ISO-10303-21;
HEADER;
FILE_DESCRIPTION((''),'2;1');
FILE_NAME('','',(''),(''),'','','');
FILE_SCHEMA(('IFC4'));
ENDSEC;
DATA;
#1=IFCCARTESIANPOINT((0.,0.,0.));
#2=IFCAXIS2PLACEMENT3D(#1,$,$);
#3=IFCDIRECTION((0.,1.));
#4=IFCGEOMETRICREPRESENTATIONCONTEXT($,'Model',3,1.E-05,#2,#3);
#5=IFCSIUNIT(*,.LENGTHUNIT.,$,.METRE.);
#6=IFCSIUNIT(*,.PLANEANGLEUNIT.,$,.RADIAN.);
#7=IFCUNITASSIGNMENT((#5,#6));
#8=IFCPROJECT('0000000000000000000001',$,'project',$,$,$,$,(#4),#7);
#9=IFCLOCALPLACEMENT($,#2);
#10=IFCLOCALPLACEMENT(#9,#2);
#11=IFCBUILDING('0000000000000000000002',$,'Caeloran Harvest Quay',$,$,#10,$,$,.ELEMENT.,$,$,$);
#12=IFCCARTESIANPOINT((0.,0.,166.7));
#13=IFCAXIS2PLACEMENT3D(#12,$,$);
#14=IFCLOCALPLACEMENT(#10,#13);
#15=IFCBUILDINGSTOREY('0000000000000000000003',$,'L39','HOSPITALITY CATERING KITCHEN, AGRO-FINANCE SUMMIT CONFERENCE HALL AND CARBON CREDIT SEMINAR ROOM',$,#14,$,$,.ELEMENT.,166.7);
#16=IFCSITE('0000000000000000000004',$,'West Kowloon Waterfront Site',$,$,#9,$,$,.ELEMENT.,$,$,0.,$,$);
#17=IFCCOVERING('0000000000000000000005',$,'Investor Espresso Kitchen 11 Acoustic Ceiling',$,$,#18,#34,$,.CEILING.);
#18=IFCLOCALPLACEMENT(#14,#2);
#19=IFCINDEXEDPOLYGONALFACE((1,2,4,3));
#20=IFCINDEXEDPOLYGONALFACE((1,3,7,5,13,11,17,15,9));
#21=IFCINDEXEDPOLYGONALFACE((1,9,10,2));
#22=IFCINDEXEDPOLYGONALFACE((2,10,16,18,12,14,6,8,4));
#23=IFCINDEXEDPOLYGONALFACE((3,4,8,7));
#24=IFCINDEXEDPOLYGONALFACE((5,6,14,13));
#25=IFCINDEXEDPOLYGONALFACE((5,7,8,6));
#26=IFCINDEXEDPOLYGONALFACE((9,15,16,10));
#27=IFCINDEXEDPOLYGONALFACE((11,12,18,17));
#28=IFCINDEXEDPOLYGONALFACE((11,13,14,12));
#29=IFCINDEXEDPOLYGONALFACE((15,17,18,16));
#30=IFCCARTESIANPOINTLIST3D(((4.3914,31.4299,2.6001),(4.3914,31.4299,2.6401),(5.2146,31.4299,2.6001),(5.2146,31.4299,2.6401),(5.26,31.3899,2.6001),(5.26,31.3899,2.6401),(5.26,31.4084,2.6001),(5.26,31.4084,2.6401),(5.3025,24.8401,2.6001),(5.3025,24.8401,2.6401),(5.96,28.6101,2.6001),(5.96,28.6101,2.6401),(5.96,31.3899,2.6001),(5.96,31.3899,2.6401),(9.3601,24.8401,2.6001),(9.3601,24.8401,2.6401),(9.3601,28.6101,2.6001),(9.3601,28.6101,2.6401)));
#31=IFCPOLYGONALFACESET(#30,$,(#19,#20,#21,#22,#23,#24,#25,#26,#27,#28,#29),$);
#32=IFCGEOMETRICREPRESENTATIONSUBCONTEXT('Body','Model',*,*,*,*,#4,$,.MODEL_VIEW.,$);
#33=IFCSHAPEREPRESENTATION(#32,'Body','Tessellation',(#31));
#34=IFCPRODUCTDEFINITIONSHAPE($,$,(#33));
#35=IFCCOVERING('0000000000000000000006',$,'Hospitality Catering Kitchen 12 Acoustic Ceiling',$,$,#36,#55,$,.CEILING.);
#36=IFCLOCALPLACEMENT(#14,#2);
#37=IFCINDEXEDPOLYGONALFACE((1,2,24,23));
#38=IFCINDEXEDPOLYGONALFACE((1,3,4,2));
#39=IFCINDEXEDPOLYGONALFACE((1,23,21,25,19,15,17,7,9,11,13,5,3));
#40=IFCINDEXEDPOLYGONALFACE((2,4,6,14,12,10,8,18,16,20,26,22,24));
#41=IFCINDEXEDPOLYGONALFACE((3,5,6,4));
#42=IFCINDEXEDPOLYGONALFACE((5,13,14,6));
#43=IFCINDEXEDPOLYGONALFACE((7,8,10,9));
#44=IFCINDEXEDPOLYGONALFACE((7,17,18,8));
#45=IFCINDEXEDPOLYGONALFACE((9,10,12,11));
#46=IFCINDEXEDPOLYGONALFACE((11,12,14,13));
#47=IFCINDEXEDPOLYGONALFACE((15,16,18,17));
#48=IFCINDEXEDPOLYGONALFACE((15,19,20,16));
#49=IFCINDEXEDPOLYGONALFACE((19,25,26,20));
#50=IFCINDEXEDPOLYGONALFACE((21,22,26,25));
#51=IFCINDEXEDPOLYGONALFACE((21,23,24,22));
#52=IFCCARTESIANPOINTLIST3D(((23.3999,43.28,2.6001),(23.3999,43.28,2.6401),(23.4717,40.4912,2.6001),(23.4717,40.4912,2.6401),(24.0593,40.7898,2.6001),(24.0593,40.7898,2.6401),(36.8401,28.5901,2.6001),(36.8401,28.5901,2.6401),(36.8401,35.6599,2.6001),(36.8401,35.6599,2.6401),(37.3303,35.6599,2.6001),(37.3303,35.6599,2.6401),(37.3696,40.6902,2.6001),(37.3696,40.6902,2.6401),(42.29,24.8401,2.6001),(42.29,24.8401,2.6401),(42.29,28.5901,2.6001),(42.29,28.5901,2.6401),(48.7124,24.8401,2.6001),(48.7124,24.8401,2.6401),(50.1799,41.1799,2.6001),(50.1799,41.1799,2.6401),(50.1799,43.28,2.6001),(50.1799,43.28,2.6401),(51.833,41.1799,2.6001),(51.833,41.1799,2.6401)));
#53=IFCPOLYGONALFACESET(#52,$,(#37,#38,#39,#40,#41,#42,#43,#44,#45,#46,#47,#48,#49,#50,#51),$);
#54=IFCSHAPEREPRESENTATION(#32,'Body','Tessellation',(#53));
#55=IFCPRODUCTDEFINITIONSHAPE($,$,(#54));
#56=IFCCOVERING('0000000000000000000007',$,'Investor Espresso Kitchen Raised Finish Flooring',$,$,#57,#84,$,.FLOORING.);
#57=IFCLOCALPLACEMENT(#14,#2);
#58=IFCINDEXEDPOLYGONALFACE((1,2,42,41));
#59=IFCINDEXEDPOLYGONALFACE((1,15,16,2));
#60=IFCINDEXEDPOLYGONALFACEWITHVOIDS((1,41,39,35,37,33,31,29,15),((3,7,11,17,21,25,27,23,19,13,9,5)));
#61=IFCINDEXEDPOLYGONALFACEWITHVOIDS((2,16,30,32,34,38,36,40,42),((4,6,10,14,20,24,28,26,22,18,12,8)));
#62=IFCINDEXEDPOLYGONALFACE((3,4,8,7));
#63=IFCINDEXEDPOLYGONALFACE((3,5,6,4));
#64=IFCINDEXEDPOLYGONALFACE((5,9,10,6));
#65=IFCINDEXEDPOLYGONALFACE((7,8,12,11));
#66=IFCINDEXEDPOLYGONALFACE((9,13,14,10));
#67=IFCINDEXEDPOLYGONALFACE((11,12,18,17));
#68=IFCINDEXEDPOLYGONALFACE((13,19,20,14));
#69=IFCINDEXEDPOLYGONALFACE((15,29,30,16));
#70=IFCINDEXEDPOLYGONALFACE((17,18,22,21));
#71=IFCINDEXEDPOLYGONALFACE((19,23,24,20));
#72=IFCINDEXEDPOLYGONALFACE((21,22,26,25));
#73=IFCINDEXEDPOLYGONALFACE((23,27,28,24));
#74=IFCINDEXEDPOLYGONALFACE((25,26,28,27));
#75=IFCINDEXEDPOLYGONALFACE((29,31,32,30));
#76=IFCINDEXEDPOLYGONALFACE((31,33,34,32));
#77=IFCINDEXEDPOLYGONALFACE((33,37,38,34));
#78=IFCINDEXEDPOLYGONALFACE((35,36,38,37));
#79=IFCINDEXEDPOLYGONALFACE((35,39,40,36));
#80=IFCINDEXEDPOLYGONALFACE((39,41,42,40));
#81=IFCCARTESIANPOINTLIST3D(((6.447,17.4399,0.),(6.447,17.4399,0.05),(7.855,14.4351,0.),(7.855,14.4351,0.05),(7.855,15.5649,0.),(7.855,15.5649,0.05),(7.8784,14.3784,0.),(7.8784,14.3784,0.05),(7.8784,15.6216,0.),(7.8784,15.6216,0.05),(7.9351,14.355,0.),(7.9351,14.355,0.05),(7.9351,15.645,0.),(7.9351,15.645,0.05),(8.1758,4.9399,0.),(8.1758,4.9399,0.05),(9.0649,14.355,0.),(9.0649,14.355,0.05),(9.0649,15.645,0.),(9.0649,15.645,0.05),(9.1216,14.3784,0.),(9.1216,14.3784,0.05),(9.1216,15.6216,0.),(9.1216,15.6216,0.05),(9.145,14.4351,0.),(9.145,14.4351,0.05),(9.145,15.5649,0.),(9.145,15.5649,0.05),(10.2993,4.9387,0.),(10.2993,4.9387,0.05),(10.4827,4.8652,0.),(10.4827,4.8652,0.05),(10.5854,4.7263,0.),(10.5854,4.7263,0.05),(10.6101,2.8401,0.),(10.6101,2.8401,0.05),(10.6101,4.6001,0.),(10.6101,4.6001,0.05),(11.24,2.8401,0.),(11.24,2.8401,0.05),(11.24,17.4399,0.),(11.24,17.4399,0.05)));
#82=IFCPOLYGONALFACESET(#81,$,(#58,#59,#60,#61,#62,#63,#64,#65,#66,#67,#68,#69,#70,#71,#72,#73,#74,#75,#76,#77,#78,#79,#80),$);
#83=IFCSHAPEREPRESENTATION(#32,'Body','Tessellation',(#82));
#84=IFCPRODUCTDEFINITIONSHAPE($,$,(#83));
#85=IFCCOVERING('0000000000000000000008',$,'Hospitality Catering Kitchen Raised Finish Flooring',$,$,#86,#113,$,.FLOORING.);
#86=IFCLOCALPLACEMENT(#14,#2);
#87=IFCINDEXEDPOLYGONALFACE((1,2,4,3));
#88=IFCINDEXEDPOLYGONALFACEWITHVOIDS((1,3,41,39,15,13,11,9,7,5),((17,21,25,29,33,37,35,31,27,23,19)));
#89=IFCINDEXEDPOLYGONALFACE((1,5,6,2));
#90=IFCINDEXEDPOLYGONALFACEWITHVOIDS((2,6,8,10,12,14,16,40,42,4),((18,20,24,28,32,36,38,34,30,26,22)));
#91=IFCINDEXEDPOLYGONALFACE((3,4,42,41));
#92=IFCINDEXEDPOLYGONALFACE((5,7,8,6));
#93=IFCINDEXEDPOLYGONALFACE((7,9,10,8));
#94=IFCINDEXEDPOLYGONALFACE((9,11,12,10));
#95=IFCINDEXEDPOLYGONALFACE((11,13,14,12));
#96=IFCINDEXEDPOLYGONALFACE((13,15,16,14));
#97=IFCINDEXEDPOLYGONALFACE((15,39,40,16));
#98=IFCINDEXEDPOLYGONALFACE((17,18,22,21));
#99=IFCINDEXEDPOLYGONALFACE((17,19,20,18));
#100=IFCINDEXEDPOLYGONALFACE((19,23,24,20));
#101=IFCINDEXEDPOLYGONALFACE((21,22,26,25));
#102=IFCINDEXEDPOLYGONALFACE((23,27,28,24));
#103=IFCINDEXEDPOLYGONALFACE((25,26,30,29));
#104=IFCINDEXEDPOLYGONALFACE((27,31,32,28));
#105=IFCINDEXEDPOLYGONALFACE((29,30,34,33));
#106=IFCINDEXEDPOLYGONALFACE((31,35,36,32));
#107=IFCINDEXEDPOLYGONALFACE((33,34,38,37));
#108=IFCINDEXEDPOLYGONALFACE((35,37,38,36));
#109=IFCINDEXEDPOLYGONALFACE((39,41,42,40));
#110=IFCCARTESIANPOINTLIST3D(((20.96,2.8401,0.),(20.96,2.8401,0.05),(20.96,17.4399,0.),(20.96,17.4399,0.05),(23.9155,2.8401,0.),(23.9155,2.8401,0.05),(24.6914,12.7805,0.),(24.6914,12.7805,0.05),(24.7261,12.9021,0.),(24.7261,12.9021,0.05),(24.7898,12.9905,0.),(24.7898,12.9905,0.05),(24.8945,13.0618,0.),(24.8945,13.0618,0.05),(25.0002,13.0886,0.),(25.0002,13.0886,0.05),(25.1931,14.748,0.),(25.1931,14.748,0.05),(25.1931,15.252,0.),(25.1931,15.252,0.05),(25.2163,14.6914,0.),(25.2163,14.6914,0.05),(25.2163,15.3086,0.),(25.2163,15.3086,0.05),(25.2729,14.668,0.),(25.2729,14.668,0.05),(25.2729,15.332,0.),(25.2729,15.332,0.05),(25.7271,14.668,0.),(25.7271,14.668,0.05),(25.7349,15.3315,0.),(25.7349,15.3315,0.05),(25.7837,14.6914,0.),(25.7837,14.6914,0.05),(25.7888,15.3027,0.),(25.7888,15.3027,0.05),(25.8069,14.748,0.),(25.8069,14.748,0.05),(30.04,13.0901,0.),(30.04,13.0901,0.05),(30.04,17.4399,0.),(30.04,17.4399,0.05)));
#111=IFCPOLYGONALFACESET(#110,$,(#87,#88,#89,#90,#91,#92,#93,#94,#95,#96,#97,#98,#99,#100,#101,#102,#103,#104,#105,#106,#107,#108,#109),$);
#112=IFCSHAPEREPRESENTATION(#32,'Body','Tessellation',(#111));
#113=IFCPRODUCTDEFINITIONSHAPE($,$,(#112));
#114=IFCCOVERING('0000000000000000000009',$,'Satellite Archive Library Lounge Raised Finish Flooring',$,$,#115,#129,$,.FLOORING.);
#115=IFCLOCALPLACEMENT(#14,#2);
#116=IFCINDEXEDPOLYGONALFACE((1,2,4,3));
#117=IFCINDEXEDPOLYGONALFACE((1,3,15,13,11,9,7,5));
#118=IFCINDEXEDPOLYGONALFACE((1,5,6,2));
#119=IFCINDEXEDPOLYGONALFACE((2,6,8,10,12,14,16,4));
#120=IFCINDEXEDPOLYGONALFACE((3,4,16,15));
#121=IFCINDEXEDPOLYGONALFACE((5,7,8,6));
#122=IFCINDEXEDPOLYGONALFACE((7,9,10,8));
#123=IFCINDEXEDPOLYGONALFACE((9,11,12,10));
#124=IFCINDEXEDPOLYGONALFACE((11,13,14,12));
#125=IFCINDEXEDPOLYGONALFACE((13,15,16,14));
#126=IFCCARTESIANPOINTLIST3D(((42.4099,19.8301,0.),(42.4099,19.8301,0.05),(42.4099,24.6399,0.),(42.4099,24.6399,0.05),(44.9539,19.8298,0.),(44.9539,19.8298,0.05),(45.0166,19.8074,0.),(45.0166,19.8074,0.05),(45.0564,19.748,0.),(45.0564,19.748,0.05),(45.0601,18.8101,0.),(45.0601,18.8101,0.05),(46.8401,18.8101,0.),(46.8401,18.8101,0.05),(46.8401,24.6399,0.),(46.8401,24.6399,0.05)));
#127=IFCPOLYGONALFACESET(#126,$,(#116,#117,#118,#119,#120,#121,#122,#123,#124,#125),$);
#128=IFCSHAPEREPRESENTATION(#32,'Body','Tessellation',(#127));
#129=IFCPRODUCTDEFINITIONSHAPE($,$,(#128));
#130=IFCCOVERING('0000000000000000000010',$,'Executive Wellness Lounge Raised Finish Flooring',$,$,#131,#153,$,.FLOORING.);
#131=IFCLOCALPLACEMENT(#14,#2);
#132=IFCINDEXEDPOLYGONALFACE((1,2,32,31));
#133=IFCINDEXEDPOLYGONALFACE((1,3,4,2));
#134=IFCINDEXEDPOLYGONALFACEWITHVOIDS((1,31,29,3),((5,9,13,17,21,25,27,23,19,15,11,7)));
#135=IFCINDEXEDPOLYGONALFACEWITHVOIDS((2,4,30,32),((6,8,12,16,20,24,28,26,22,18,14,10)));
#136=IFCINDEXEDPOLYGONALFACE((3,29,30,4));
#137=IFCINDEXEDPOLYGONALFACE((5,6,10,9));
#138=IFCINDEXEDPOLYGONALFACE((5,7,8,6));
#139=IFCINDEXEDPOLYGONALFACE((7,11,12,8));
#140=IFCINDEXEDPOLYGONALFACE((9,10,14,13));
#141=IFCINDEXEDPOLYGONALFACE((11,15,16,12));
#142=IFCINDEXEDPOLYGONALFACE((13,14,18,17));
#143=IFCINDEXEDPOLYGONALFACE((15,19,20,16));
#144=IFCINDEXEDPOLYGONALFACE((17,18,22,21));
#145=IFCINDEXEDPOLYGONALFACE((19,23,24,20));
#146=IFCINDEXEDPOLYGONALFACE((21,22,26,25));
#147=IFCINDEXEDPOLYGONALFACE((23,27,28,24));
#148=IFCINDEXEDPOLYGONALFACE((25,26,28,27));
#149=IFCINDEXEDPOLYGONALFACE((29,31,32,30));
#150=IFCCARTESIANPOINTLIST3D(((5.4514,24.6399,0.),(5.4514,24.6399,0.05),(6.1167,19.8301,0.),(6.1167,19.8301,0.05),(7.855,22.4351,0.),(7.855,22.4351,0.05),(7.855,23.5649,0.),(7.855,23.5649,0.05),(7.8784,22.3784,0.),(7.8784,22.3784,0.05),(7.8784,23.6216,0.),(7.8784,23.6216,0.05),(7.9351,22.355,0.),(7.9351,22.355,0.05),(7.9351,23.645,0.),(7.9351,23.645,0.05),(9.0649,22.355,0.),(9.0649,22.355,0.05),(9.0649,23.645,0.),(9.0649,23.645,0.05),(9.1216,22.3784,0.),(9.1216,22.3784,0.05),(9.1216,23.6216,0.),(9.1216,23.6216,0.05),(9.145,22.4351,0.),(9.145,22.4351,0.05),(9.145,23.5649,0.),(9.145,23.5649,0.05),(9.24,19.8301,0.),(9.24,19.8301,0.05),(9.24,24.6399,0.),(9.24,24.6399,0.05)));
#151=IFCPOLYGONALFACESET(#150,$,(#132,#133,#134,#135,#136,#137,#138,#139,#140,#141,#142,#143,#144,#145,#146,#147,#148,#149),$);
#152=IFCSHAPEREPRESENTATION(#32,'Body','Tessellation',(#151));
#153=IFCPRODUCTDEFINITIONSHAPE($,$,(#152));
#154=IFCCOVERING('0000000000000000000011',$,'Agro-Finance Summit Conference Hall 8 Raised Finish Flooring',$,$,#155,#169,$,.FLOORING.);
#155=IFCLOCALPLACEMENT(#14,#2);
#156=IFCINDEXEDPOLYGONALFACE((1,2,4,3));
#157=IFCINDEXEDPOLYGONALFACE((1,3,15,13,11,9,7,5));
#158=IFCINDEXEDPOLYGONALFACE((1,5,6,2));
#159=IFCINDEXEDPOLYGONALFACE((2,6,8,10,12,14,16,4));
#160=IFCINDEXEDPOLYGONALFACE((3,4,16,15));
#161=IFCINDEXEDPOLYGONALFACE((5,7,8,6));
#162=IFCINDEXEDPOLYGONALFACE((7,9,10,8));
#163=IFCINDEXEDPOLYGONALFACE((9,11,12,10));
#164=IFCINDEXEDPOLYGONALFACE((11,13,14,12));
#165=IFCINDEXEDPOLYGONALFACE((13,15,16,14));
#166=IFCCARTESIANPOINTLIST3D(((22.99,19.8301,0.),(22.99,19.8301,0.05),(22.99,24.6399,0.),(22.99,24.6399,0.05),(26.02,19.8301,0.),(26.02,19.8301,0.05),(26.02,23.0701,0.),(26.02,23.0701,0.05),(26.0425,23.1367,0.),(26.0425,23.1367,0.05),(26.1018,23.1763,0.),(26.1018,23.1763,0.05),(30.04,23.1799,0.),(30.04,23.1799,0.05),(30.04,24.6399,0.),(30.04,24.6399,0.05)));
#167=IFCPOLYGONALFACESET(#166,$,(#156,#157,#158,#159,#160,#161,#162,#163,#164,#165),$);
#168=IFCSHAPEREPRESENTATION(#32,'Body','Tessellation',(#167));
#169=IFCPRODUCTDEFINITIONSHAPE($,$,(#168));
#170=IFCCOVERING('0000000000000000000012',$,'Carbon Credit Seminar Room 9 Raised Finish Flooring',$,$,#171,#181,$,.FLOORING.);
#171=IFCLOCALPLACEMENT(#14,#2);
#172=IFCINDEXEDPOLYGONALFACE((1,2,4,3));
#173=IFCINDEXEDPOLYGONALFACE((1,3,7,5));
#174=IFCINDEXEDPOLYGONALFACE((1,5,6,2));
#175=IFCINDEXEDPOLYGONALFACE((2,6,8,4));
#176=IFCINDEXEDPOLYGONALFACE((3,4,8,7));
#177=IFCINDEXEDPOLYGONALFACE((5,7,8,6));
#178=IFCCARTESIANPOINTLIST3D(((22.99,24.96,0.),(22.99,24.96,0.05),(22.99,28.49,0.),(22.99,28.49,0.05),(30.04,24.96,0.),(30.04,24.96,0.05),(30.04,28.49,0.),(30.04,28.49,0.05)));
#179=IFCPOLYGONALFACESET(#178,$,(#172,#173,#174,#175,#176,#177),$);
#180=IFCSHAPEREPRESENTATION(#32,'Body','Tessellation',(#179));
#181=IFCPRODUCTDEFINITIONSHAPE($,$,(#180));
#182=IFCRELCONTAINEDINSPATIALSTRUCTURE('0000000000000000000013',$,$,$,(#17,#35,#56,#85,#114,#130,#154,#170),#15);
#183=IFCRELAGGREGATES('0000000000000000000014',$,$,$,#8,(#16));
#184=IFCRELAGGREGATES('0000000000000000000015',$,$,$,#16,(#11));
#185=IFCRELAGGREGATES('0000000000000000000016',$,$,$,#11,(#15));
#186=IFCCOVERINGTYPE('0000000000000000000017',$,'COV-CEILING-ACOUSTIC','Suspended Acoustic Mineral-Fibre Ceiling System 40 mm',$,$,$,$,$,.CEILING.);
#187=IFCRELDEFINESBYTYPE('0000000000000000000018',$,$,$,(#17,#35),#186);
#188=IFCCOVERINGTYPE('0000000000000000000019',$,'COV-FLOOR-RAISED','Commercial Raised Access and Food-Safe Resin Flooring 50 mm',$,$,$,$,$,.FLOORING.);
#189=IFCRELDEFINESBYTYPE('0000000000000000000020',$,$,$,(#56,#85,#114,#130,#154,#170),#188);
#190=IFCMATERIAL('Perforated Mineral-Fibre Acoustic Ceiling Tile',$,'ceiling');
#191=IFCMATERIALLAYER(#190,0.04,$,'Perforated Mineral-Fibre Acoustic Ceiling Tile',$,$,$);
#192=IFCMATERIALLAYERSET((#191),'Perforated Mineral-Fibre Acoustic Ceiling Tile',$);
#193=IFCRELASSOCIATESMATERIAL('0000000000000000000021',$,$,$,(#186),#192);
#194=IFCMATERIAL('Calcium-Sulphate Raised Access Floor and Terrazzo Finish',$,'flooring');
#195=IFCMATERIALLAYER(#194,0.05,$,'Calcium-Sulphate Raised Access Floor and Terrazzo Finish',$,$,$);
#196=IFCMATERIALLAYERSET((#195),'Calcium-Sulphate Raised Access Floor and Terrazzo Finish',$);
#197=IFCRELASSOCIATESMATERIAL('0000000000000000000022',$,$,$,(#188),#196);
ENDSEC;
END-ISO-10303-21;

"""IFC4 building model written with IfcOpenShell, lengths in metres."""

from ifc_helpers import new_model, si_unit, direction, frame, origin, place, context, subcontext, project, spatial, polyline, outline, extrude, material, layer, layer_set, type_object, element, save


model = new_model("IFC4")

# Units and contexts
model_context = context("Model", 3, precision=1e-05, world=origin(), true_north=direction((0.0, 1.0)))
body_context = subcontext(model_context, "Body", "Model", "MODEL_VIEW")
ifc_project = project(units=[si_unit("LENGTHUNIT", "METRE"), si_unit("PLANEANGLEUNIT", "RADIAN")], contexts=[model_context])

# Site, building, storey
site_placement = place(None, origin())
site = spatial("IfcSite", under=ifc_project, at=site_placement, Name="West Kowloon Waterfront Site", CompositionType="ELEMENT", RefElevation=0.0)
building_placement = place(site_placement, origin())
building = spatial("IfcBuilding", under=site, at=building_placement, Name="Caeloran Harvest Quay", CompositionType="ELEMENT")
storey_placement = place(building_placement, frame((0.0, 0.0, 166.7)))
storey = spatial("IfcBuildingStorey", under=building, at=storey_placement, Name="L39", Description="HOSPITALITY CATERING KITCHEN, AGRO-FINANCE SUMMIT CONFERENCE HALL AND CARBON CREDIT SEMINAR ROOM", CompositionType="ELEMENT", Elevation=166.7)

# Coverings
ifc_material_1 = material(Name="Perforated Mineral-Fibre Acoustic Ceiling Tile", Category="ceiling")
ifc_layer_1 = layer(ifc_material_1, 0.04, Name="Perforated Mineral-Fibre Acoustic Ceiling Tile")
ifc_layer_set_1 = layer_set([ifc_layer_1], Name="Perforated Mineral-Fibre Acoustic Ceiling Tile")
covering_type_1 = type_object("IfcCoveringType", Name="COV-CEILING-ACOUSTIC", Description="Suspended Acoustic Mineral-Fibre Ceiling System 40 mm", PredefinedType="CEILING", material=ifc_layer_set_1)
covering_1_placement = place(storey_placement, frame((0.0, 0.0, 2.6001)))
element("IfcCovering", 1, at=covering_1_placement, inside=storey, type_object=covering_type_1, Name="Investor Espresso Kitchen 11 Acoustic Ceiling", PredefinedType="CEILING", context=body_context, shape_type="SweptSolid", body=[
    extrude(outline(polyline([(5.26, 31.3899), (5.96, 31.3899), (5.96, 28.6101), (9.3601, 28.6101), (9.3601, 24.8401), (5.3025, 24.8401), (4.3914, 31.4299), (5.2146, 31.4299), (5.26, 31.4084), (5.26, 31.3899)])), origin(), (0.0, 0.0, 1.0), 0.04),
])
covering_2_placement = place(storey_placement, frame((0.0, 0.0, 2.6001)))
element("IfcCovering", 2, at=covering_2_placement, inside=storey, type_object=covering_type_1, Name="Hospitality Catering Kitchen 12 Acoustic Ceiling", PredefinedType="CEILING", context=body_context, shape_type="SweptSolid", body=[
    extrude(outline(polyline([(23.3999, 43.28), (50.1799, 43.28), (50.1799, 41.1799), (51.833, 41.1799), (48.7124, 24.8401), (42.29, 24.8401), (42.29, 28.5901), (36.8401, 28.5901), (36.8401, 35.6599), (37.3303, 35.6599), (37.3696, 40.6902), (24.0593, 40.7898), (23.4717, 40.4912), (23.3999, 43.28)])), origin(), (0.0, 0.0, 1.0), 0.04),
])
ifc_material_2 = material(Name="Calcium-Sulphate Raised Access Floor and Terrazzo Finish", Category="flooring")
ifc_layer_2 = layer(ifc_material_2, 0.05, Name="Calcium-Sulphate Raised Access Floor and Terrazzo Finish")
ifc_layer_set_2 = layer_set([ifc_layer_2], Name="Calcium-Sulphate Raised Access Floor and Terrazzo Finish")
covering_type_2 = type_object("IfcCoveringType", Name="COV-FLOOR-RAISED", Description="Commercial Raised Access and Food-Safe Resin Flooring 50 mm", PredefinedType="FLOORING", material=ifc_layer_set_2)
covering_3_placement = place(storey_placement, origin())
element("IfcCovering", 3, at=covering_3_placement, inside=storey, type_object=covering_type_2, Name="Investor Espresso Kitchen Raised Finish Flooring", PredefinedType="FLOORING", context=body_context, shape_type="SweptSolid", body=[
    extrude(outline(polyline([(10.5854, 4.7263), (10.4827, 4.8652), (10.2993, 4.9387), (8.1758, 4.9399), (6.447, 17.4399), (11.24, 17.4399), (11.24, 2.8401), (10.6101, 2.8401), (10.6101, 4.6001), (10.5854, 4.7263)]), holes=[polyline([(7.9351, 15.645), (7.8784, 15.6216), (7.855, 15.5649), (7.855, 14.4351), (7.8784, 14.3784), (7.9351, 14.355), (9.0649, 14.355), (9.1216, 14.3784), (9.145, 14.4351), (9.145, 15.5649), (9.1216, 15.6216), (9.0649, 15.645), (7.9351, 15.645)])]), origin(), (0.0, 0.0, 1.0), 0.05),
])
covering_4_placement = place(storey_placement, origin())
element("IfcCovering", 4, at=covering_4_placement, inside=storey, type_object=covering_type_2, Name="Hospitality Catering Kitchen Raised Finish Flooring", PredefinedType="FLOORING", context=body_context, shape_type="SweptSolid", body=[
    extrude(outline(polyline([(25.0002, 13.0886), (24.8945, 13.0618), (24.7898, 12.9905), (24.7261, 12.9021), (24.6914, 12.7805), (23.9155, 2.8401), (20.96, 2.8401), (20.96, 17.4399), (30.04, 17.4399), (30.04, 13.0901), (25.0002, 13.0886)]), holes=[polyline([(25.8069, 14.748), (25.7888, 15.3027), (25.7349, 15.3315), (25.2729, 15.332), (25.2163, 15.3086), (25.1931, 15.252), (25.1931, 14.748), (25.2163, 14.6914), (25.2729, 14.668), (25.7271, 14.668), (25.7837, 14.6914), (25.8069, 14.748)])]), origin(), (0.0, 0.0, 1.0), 0.05),
])
covering_5_placement = place(storey_placement, origin())
element("IfcCovering", 5, at=covering_5_placement, inside=storey, type_object=covering_type_2, Name="Satellite Archive Library Lounge Raised Finish Flooring", PredefinedType="FLOORING", context=body_context, shape_type="SweptSolid", body=[
    extrude(outline(polyline([(45.0564, 19.748), (45.0166, 19.8074), (44.9539, 19.8298), (42.4099, 19.8301), (42.4099, 24.6399), (46.8401, 24.6399), (46.8401, 18.8101), (45.0601, 18.8101), (45.0564, 19.748)])), origin(), (0.0, 0.0, 1.0), 0.05),
])
covering_6_placement = place(storey_placement, origin())
element("IfcCovering", 6, at=covering_6_placement, inside=storey, type_object=covering_type_2, Name="Executive Wellness Lounge Raised Finish Flooring", PredefinedType="FLOORING", context=body_context, shape_type="SweptSolid", body=[
    extrude(outline(polyline([(9.24, 24.6399), (9.24, 19.8301), (6.1167, 19.8301), (5.4514, 24.6399), (9.24, 24.6399)]), holes=[polyline([(9.145, 23.5649), (9.1216, 23.6216), (9.0649, 23.645), (7.9351, 23.645), (7.8784, 23.6216), (7.855, 23.5649), (7.855, 22.4351), (7.8784, 22.3784), (7.9351, 22.355), (9.0649, 22.355), (9.1216, 22.3784), (9.145, 22.4351), (9.145, 23.5649)])]), origin(), (0.0, 0.0, 1.0), 0.05),
])
covering_7_placement = place(storey_placement, origin())
element("IfcCovering", 7, at=covering_7_placement, inside=storey, type_object=covering_type_2, Name="Agro-Finance Summit Conference Hall 8 Raised Finish Flooring", PredefinedType="FLOORING", context=body_context, shape_type="SweptSolid", body=[
    extrude(outline(polyline([(26.1018, 23.1763), (26.0425, 23.1367), (26.02, 23.0701), (26.02, 19.8301), (22.99, 19.8301), (22.99, 24.6399), (30.04, 24.6399), (30.04, 23.1799), (26.1018, 23.1763)])), origin(), (0.0, 0.0, 1.0), 0.05),
])
covering_8_placement = place(storey_placement, origin())
element("IfcCovering", 8, at=covering_8_placement, inside=storey, type_object=covering_type_2, Name="Carbon Credit Seminar Room 9 Raised Finish Flooring", PredefinedType="FLOORING", context=body_context, shape_type="SweptSolid", body=[
    extrude(outline(polyline([(22.99, 28.49), (30.04, 28.49), (30.04, 24.96), (22.99, 24.96), (22.99, 28.49)])), origin(), (0.0, 0.0, 1.0), 0.05),
])

save(model, "model.ifc")
